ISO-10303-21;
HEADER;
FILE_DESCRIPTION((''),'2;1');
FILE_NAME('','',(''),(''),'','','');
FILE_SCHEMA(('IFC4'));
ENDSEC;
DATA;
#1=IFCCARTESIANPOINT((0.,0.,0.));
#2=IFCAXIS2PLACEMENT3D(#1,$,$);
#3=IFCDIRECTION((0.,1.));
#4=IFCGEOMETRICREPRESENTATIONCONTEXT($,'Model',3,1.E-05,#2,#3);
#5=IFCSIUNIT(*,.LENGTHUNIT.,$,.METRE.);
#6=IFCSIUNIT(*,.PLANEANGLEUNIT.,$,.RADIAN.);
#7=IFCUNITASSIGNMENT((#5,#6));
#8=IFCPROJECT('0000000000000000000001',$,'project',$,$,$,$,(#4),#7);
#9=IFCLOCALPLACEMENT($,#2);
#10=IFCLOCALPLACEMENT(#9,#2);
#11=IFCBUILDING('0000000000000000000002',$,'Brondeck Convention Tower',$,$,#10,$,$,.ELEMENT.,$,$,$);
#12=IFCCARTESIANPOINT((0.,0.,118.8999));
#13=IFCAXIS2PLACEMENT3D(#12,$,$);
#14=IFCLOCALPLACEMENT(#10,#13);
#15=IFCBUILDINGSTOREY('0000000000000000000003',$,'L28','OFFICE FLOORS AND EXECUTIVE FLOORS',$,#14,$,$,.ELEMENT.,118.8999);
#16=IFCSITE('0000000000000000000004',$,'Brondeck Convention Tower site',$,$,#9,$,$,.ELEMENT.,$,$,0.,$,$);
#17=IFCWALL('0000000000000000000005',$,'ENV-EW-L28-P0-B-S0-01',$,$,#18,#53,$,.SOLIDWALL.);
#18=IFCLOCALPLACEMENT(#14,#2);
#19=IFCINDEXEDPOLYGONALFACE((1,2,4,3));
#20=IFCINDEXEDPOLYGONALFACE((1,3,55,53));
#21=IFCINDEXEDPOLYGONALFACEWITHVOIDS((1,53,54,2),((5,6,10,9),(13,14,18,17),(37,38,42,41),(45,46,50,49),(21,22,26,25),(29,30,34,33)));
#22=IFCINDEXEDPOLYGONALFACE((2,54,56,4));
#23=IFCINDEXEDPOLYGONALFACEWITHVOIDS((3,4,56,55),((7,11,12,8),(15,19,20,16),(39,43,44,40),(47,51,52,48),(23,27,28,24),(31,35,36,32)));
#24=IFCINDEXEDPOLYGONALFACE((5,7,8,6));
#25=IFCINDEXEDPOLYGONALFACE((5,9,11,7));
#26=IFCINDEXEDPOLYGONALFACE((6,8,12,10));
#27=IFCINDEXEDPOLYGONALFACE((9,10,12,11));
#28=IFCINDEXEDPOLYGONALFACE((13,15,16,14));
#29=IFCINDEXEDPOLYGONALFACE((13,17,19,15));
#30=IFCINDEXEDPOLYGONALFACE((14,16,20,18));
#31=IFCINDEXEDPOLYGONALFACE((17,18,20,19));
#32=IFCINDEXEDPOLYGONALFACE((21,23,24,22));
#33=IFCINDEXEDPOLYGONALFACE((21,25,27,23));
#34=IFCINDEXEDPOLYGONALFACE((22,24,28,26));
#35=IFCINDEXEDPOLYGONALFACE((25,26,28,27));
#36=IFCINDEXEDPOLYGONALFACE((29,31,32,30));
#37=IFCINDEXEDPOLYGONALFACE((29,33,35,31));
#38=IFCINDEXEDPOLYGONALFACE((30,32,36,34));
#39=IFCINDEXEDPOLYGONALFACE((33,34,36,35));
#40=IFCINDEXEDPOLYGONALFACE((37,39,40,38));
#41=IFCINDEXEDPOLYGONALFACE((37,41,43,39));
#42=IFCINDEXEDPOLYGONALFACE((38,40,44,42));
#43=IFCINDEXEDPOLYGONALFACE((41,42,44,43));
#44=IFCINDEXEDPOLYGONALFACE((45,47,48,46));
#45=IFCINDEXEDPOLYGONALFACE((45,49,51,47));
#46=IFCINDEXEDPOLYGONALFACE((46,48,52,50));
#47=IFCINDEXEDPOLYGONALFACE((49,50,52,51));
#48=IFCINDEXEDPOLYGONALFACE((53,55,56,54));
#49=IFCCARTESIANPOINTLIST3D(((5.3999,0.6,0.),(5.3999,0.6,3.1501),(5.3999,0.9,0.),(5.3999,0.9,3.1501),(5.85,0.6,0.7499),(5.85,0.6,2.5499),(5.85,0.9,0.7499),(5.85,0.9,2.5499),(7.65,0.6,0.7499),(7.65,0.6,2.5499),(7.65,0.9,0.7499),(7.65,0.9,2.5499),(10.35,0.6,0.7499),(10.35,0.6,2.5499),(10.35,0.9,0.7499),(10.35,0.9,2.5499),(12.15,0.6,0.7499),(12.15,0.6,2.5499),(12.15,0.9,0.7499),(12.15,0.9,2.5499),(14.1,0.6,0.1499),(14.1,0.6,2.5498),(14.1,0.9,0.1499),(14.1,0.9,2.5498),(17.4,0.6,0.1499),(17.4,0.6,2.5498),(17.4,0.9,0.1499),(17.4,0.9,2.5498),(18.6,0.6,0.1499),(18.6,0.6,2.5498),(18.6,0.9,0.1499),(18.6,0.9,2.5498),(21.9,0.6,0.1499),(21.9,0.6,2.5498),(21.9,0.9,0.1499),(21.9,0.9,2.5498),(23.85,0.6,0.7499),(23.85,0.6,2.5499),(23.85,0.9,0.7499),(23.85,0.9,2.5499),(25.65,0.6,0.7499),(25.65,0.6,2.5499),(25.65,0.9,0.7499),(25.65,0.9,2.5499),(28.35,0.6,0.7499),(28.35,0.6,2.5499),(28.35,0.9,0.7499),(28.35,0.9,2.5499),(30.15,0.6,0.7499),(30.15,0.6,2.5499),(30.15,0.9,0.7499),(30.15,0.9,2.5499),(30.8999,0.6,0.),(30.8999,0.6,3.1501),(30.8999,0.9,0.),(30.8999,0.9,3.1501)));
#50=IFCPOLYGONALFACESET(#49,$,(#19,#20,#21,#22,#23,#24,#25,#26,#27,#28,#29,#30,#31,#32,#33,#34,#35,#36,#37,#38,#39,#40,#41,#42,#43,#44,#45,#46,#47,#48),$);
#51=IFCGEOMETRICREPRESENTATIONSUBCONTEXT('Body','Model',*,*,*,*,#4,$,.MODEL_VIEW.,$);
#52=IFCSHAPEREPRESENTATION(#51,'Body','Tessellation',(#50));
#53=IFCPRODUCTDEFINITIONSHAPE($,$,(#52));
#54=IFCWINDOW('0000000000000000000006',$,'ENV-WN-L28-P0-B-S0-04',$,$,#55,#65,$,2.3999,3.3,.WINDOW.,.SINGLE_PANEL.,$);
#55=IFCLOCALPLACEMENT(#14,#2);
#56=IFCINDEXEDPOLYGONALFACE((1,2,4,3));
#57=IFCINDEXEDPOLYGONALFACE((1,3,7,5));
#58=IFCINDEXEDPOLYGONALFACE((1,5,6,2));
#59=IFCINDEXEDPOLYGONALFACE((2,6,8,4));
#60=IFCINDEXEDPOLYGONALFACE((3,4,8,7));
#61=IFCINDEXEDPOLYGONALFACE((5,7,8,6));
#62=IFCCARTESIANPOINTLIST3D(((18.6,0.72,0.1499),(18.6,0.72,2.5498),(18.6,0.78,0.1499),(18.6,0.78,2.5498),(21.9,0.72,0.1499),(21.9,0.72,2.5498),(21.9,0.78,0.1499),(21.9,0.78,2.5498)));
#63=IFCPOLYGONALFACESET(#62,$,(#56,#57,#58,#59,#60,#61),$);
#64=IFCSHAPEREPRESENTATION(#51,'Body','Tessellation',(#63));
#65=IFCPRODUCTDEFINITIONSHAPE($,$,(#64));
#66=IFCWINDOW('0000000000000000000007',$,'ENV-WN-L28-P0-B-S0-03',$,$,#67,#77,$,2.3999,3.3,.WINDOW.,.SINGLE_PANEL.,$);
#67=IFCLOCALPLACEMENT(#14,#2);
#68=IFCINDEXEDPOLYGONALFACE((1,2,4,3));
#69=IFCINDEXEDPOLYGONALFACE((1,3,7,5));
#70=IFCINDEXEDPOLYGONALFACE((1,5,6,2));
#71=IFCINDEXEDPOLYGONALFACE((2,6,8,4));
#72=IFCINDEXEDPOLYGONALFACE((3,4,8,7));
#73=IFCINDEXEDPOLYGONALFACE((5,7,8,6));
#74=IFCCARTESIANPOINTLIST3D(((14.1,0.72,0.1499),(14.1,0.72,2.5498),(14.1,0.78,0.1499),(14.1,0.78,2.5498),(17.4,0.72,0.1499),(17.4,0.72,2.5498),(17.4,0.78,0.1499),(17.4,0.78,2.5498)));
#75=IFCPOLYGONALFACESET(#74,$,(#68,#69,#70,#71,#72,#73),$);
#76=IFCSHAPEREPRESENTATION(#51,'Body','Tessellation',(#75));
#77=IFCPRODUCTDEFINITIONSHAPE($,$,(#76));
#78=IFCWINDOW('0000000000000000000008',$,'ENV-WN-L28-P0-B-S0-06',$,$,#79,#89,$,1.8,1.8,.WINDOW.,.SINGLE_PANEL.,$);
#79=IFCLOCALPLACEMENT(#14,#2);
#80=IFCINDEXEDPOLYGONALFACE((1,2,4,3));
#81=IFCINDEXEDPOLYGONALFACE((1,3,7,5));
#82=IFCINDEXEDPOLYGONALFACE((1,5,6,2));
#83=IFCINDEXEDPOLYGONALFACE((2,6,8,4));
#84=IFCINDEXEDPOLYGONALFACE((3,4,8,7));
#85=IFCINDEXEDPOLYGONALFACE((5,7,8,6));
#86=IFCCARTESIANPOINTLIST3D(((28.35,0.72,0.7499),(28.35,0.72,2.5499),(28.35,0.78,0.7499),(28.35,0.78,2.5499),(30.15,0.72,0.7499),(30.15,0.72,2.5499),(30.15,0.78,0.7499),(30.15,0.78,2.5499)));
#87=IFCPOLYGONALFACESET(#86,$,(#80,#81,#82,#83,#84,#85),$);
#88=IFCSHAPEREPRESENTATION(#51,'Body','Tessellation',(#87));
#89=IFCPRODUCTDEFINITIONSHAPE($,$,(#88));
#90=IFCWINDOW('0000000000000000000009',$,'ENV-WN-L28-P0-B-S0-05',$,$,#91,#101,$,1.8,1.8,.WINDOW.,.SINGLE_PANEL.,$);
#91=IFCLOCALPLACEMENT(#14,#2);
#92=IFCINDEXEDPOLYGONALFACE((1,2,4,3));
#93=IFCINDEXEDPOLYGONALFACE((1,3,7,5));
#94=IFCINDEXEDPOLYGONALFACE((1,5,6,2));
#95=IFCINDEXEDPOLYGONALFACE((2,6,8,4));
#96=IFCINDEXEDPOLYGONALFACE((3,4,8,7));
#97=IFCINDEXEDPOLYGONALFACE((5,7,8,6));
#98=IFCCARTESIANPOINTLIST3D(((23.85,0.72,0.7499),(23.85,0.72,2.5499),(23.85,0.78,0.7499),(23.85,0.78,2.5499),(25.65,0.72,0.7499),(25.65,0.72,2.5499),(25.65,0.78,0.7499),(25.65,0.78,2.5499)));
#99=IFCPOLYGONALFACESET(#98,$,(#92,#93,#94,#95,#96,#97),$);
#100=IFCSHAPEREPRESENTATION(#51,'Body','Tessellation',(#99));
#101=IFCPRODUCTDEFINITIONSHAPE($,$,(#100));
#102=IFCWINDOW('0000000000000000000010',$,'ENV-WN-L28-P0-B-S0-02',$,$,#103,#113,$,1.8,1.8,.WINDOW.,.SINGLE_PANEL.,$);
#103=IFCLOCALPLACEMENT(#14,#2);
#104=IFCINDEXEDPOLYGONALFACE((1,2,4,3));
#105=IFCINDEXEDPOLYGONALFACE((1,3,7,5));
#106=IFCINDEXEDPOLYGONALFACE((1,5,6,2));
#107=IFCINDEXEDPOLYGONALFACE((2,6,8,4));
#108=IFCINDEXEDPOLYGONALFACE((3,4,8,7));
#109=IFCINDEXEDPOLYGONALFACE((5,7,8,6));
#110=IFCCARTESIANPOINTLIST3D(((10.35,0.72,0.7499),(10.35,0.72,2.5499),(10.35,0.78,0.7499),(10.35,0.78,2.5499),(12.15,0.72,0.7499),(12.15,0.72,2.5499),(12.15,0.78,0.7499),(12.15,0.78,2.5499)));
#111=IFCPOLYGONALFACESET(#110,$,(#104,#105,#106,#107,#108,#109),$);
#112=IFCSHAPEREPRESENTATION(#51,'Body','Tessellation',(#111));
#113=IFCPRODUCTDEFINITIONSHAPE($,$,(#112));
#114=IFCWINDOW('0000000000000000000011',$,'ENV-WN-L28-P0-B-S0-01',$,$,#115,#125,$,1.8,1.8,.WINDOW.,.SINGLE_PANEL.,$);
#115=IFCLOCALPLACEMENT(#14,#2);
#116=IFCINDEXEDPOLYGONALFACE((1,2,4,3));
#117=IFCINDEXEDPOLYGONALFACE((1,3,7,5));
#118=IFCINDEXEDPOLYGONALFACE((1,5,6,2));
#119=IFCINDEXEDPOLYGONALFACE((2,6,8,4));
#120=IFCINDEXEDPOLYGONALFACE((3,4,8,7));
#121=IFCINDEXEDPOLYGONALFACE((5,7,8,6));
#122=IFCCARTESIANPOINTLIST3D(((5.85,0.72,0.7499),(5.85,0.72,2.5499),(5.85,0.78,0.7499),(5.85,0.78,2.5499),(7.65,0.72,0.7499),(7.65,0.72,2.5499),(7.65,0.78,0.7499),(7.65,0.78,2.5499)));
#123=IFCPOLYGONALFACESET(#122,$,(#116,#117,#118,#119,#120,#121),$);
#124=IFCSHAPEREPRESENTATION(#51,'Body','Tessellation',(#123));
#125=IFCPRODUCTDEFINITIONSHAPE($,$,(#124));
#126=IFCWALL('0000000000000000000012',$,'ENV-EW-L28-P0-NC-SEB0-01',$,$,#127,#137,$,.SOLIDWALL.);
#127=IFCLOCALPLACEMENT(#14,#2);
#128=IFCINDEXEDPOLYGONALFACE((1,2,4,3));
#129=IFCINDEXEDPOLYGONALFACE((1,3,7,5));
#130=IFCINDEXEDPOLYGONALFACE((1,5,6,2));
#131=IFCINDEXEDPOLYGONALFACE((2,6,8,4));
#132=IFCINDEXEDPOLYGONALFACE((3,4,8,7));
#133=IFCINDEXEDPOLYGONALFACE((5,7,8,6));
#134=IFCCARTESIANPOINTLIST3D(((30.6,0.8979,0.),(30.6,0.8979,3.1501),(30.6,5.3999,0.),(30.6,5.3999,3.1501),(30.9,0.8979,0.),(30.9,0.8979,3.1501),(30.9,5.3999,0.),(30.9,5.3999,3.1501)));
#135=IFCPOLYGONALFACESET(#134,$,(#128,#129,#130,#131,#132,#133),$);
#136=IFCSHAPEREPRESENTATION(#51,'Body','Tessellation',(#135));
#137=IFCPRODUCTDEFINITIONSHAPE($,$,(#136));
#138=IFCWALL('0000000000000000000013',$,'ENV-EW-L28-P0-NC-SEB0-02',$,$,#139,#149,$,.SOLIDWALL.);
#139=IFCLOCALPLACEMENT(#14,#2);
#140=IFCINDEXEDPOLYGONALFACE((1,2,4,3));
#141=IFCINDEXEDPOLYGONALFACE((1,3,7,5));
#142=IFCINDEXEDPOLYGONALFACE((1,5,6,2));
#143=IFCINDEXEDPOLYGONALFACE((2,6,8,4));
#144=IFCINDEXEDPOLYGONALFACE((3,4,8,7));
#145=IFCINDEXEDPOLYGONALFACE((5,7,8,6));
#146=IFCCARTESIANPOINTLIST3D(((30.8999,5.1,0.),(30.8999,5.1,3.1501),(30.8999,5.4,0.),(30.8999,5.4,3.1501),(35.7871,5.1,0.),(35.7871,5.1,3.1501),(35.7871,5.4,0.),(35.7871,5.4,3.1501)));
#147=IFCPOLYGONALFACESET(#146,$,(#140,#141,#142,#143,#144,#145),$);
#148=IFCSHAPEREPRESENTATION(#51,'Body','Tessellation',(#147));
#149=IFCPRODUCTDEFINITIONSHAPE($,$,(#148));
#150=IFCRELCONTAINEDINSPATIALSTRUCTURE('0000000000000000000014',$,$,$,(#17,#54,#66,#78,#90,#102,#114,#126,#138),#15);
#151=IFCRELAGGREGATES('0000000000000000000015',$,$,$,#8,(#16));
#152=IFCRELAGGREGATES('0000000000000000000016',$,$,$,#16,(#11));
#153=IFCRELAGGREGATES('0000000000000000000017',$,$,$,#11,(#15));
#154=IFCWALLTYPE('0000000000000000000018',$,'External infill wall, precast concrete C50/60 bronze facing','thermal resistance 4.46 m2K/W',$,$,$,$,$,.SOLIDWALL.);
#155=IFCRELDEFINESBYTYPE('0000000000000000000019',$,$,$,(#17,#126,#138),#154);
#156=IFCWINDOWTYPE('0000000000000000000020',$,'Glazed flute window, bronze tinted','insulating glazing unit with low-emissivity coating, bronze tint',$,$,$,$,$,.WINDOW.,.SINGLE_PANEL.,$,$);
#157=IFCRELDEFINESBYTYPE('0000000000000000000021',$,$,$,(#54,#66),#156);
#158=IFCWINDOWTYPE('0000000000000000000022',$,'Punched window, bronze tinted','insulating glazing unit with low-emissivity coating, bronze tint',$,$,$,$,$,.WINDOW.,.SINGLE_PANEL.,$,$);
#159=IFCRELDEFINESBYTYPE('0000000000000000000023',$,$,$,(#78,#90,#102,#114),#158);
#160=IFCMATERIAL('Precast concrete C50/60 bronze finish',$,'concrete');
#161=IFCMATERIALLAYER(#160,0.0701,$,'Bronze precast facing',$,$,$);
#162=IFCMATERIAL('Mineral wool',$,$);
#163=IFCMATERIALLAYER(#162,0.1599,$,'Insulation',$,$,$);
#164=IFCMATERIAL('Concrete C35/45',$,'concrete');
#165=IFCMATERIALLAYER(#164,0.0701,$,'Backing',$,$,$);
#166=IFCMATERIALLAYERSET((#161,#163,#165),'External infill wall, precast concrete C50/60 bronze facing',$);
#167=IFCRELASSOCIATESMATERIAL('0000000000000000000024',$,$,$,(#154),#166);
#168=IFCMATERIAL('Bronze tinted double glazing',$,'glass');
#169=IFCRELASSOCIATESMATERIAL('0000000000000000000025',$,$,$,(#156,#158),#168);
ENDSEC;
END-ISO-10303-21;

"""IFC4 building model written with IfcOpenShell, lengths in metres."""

from ifc_helpers import new_model, si_unit, direction, frame, frame_2d, origin, place, context, subcontext, project, spatial, rectangle, extrude, material, layer, layer_set, type_object, element, fill, save


model = new_model("IFC4")

# Units and contexts
model_context = context("Model", 3, precision=1e-05, world=origin(), true_north=direction((0.0, 1.0)))
body_context = subcontext(model_context, "Body", "Model", "MODEL_VIEW")
ifc_project = project(units=[si_unit("LENGTHUNIT", "METRE"), si_unit("PLANEANGLEUNIT", "RADIAN")], contexts=[model_context])

# Site, building, storey
site_placement = place(None, origin())
site = spatial("IfcSite", under=ifc_project, at=site_placement, Name="Brondeck Convention Tower site", CompositionType="ELEMENT", RefElevation=0.0)
building_placement = place(site_placement, origin())
building = spatial("IfcBuilding", under=site, at=building_placement, Name="Brondeck Convention Tower", CompositionType="ELEMENT")
storey_placement = place(building_placement, frame((0.0, 0.0, 118.8999)))
storey = spatial("IfcBuildingStorey", under=building, at=storey_placement, Name="L28", Description="OFFICE FLOORS AND EXECUTIVE FLOORS", CompositionType="ELEMENT", Elevation=118.8999)

# Wall, openings, windows
ifc_material_1 = material(Name="Precast concrete C50/60 bronze finish", Category="concrete")
ifc_layer_1 = layer(ifc_material_1, 0.0701, Name="Bronze precast facing")
ifc_material_2 = material(Name="Mineral wool")
ifc_layer_2 = layer(ifc_material_2, 0.1599, Name="Insulation")
ifc_material_3 = material(Name="Concrete C35/45", Category="concrete")
ifc_layer_3 = layer(ifc_material_3, 0.0701, Name="Backing")
ifc_layer_set = layer_set([ifc_layer_1, ifc_layer_2, ifc_layer_3], Name="External infill wall, precast concrete C50/60 bronze facing")
wall_type = type_object("IfcWallType", Name="External infill wall, precast concrete C50/60 bronze facing", Description="thermal resistance 4.46 m2K/W", PredefinedType="SOLIDWALL", material=ifc_layer_set)
wall_1_placement = place(storey_placement, frame((30.8999, 0.75, 0.0), z_axis=(0.0, 0.0, 1.0), x_axis=(-1.0, 0.0, 0.0)))
wall_1 = element("IfcWall", 1, at=wall_1_placement, inside=storey, type_object=wall_type, Name="ENV-EW-L28-P0-B-S0-01", PredefinedType="SOLIDWALL", context=body_context, shape_type="SweptSolid", body=[
    extrude(rectangle(XDim=25.5, YDim=0.3, at=frame_2d((12.75, 0.0))), origin(), (0.0, 0.0, 1.0), 3.1501),
])
opening_1_placement = place(wall_1_placement, frame((0.75, 0.0, 0.75)))
opening_1 = element("IfcOpeningElement", 2, at=opening_1_placement, cuts=wall_1, PredefinedType="OPENING", context=body_context, shape_type="SweptSolid", body=[
    extrude(rectangle(XDim=1.8, YDim=1.8, at=frame_2d((0.8999, 0.8999))), frame((0.0, 0.1599, 0.0), z_axis=(0.0, -1.0, 0.0), x_axis=(1.0, 0.0, 0.0)), (0.0, 0.0, 1.0), 0.3201),
])
opening_2_placement = place(wall_1_placement, frame((5.25, 0.0, 0.75)))
opening_2 = element("IfcOpeningElement", 3, at=opening_2_placement, cuts=wall_1, PredefinedType="OPENING", context=body_context, shape_type="SweptSolid", body=[
    extrude(rectangle(XDim=1.8, YDim=1.8, at=frame_2d((0.8999, 0.8999))), frame((0.0, 0.1599, 0.0), z_axis=(0.0, -1.0, 0.0), x_axis=(1.0, 0.0, 0.0)), (0.0, 0.0, 1.0), 0.3201),
])
opening_3_placement = place(wall_1_placement, frame((9.0, 0.0, 0.1499)))
opening_3 = element("IfcOpeningElement", 4, at=opening_3_placement, cuts=wall_1, PredefinedType="OPENING", context=body_context, shape_type="SweptSolid", body=[
    extrude(rectangle(XDim=3.3, YDim=2.3999, at=frame_2d((1.6499, 1.2))), frame((0.0, 0.1599, 0.0), z_axis=(0.0, -1.0, 0.0), x_axis=(1.0, 0.0, 0.0)), (0.0, 0.0, 1.0), 0.3201),
])
opening_4_placement = place(wall_1_placement, frame((13.5, 0.0, 0.1499)))
opening_4 = element("IfcOpeningElement", 5, at=opening_4_placement, cuts=wall_1, PredefinedType="OPENING", context=body_context, shape_type="SweptSolid", body=[
    extrude(rectangle(XDim=3.3, YDim=2.3999, at=frame_2d((1.6499, 1.2))), frame((0.0, 0.1599, 0.0), z_axis=(0.0, -1.0, 0.0), x_axis=(1.0, 0.0, 0.0)), (0.0, 0.0, 1.0), 0.3201),
])
opening_5_placement = place(wall_1_placement, frame((18.75, 0.0, 0.75)))
opening_5 = element("IfcOpeningElement", 6, at=opening_5_placement, cuts=wall_1, PredefinedType="OPENING", context=body_context, shape_type="SweptSolid", body=[
    extrude(rectangle(XDim=1.8, YDim=1.8, at=frame_2d((0.8999, 0.8999))), frame((0.0, 0.1599, 0.0), z_axis=(0.0, -1.0, 0.0), x_axis=(1.0, 0.0, 0.0)), (0.0, 0.0, 1.0), 0.3201),
])
opening_6_placement = place(wall_1_placement, frame((23.25, 0.0, 0.75)))
opening_6 = element("IfcOpeningElement", 7, at=opening_6_placement, cuts=wall_1, PredefinedType="OPENING", context=body_context, shape_type="SweptSolid", body=[
    extrude(rectangle(XDim=1.8, YDim=1.8, at=frame_2d((0.8999, 0.8999))), frame((0.0, 0.1599, 0.0), z_axis=(0.0, -1.0, 0.0), x_axis=(1.0, 0.0, 0.0)), (0.0, 0.0, 1.0), 0.3201),
])
ifc_material_4 = material(Name="Bronze tinted double glazing", Category="glass")
window_type_1 = type_object("IfcWindowType", Name="Glazed flute window, bronze tinted", Description="insulating glazing unit with low-emissivity coating, bronze tint", PartitioningType="SINGLE_PANEL", PredefinedType="WINDOW", material=ifc_material_4)
window_1_placement = place(opening_3_placement, origin())
window_1 = element("IfcWindow", 8, at=window_1_placement, inside=storey, type_object=window_type_1, Name="ENV-WN-L28-P0-B-S0-04", OverallHeight=2.3999, OverallWidth=3.3, PartitioningType="SINGLE_PANEL", PredefinedType="WINDOW", context=body_context, shape_type="SweptSolid", body=[
    extrude(rectangle(XDim=3.3, YDim=2.3999, at=frame_2d((1.6499, 1.2))), frame((0.0, 0.03, 0.0), z_axis=(0.0, -1.0, 0.0), x_axis=(1.0, 0.0, 0.0)), (0.0, 0.0, 1.0), 0.0601),
])
fill(opening_3, window_1)
window_2_placement = place(opening_4_placement, origin())
window_2 = element("IfcWindow", 9, at=window_2_placement, inside=storey, type_object=window_type_1, Name="ENV-WN-L28-P0-B-S0-03", OverallHeight=2.3999, OverallWidth=3.3, PartitioningType="SINGLE_PANEL", PredefinedType="WINDOW", context=body_context, shape_type="SweptSolid", body=[
    extrude(rectangle(XDim=3.3, YDim=2.3999, at=frame_2d((1.6499, 1.2))), frame((0.0, 0.03, 0.0), z_axis=(0.0, -1.0, 0.0), x_axis=(1.0, 0.0, 0.0)), (0.0, 0.0, 1.0), 0.0601),
])
fill(opening_4, window_2)
window_type_2 = type_object("IfcWindowType", Name="Punched window, bronze tinted", Description="insulating glazing unit with low-emissivity coating, bronze tint", PartitioningType="SINGLE_PANEL", PredefinedType="WINDOW", material=ifc_material_4)
window_3_placement = place(opening_1_placement, origin())
window_3 = element("IfcWindow", 10, at=window_3_placement, inside=storey, type_object=window_type_2, Name="ENV-WN-L28-P0-B-S0-06", OverallHeight=1.8, OverallWidth=1.8, PartitioningType="SINGLE_PANEL", PredefinedType="WINDOW", context=body_context, shape_type="SweptSolid", body=[
    extrude(rectangle(XDim=1.8, YDim=1.8, at=frame_2d((0.8999, 0.8999))), frame((0.0, 0.03, 0.0), z_axis=(0.0, -1.0, 0.0), x_axis=(1.0, 0.0, 0.0)), (0.0, 0.0, 1.0), 0.0601),
])
fill(opening_1, window_3)
window_4_placement = place(opening_2_placement, origin())
window_4 = element("IfcWindow", 11, at=window_4_placement, inside=storey, type_object=window_type_2, Name="ENV-WN-L28-P0-B-S0-05", OverallHeight=1.8, OverallWidth=1.8, PartitioningType="SINGLE_PANEL", PredefinedType="WINDOW", context=body_context, shape_type="SweptSolid", body=[
    extrude(rectangle(XDim=1.8, YDim=1.8, at=frame_2d((0.8999, 0.8999))), frame((0.0, 0.03, 0.0), z_axis=(0.0, -1.0, 0.0), x_axis=(1.0, 0.0, 0.0)), (0.0, 0.0, 1.0), 0.0601),
])
fill(opening_2, window_4)
window_5_placement = place(opening_5_placement, origin())
window_5 = element("IfcWindow", 12, at=window_5_placement, inside=storey, type_object=window_type_2, Name="ENV-WN-L28-P0-B-S0-02", OverallHeight=1.8, OverallWidth=1.8, PartitioningType="SINGLE_PANEL", PredefinedType="WINDOW", context=body_context, shape_type="SweptSolid", body=[
    extrude(rectangle(XDim=1.8, YDim=1.8, at=frame_2d((0.8999, 0.8999))), frame((0.0, 0.03, 0.0), z_axis=(0.0, -1.0, 0.0), x_axis=(1.0, 0.0, 0.0)), (0.0, 0.0, 1.0), 0.0601),
])
fill(opening_5, window_5)
window_6_placement = place(opening_6_placement, origin())
window_6 = element("IfcWindow", 13, at=window_6_placement, inside=storey, type_object=window_type_2, Name="ENV-WN-L28-P0-B-S0-01", OverallHeight=1.8, OverallWidth=1.8, PartitioningType="SINGLE_PANEL", PredefinedType="WINDOW", context=body_context, shape_type="SweptSolid", body=[
    extrude(rectangle(XDim=1.8, YDim=1.8, at=frame_2d((0.8999, 0.8999))), frame((0.0, 0.03, 0.0), z_axis=(0.0, -1.0, 0.0), x_axis=(1.0, 0.0, 0.0)), (0.0, 0.0, 1.0), 0.0601),
])
fill(opening_6, window_6)

# Walls
wall_2_placement = place(storey_placement, frame((30.75, 5.3999, 0.0), z_axis=(0.0, 0.0, 1.0), x_axis=(0.0, -1.0, 0.0)))
element("IfcWall", 14, at=wall_2_placement, inside=storey, type_object=wall_type, Name="ENV-EW-L28-P0-NC-SEB0-01", PredefinedType="SOLIDWALL", context=body_context, shape_type="SweptSolid", body=[
    extrude(rectangle(XDim=4.502, YDim=0.3, at=frame_2d((2.251, 0.0))), origin(), (0.0, 0.0, 1.0), 3.1501),
])
wall_3_placement = place(storey_placement, frame((35.7871, 5.25, 0.0), z_axis=(0.0, 0.0, 1.0), x_axis=(-1.0, 0.0, 0.0)))
element("IfcWall", 15, at=wall_3_placement, inside=storey, type_object=wall_type, Name="ENV-EW-L28-P0-NC-SEB0-02", PredefinedType="SOLIDWALL", context=body_context, shape_type="SweptSolid", body=[
    extrude(rectangle(XDim=4.8872, YDim=0.3, at=frame_2d((2.4436, 0.0))), origin(), (0.0, 0.0, 1.0), 3.1501),
])

save(model, "model.ifc")
